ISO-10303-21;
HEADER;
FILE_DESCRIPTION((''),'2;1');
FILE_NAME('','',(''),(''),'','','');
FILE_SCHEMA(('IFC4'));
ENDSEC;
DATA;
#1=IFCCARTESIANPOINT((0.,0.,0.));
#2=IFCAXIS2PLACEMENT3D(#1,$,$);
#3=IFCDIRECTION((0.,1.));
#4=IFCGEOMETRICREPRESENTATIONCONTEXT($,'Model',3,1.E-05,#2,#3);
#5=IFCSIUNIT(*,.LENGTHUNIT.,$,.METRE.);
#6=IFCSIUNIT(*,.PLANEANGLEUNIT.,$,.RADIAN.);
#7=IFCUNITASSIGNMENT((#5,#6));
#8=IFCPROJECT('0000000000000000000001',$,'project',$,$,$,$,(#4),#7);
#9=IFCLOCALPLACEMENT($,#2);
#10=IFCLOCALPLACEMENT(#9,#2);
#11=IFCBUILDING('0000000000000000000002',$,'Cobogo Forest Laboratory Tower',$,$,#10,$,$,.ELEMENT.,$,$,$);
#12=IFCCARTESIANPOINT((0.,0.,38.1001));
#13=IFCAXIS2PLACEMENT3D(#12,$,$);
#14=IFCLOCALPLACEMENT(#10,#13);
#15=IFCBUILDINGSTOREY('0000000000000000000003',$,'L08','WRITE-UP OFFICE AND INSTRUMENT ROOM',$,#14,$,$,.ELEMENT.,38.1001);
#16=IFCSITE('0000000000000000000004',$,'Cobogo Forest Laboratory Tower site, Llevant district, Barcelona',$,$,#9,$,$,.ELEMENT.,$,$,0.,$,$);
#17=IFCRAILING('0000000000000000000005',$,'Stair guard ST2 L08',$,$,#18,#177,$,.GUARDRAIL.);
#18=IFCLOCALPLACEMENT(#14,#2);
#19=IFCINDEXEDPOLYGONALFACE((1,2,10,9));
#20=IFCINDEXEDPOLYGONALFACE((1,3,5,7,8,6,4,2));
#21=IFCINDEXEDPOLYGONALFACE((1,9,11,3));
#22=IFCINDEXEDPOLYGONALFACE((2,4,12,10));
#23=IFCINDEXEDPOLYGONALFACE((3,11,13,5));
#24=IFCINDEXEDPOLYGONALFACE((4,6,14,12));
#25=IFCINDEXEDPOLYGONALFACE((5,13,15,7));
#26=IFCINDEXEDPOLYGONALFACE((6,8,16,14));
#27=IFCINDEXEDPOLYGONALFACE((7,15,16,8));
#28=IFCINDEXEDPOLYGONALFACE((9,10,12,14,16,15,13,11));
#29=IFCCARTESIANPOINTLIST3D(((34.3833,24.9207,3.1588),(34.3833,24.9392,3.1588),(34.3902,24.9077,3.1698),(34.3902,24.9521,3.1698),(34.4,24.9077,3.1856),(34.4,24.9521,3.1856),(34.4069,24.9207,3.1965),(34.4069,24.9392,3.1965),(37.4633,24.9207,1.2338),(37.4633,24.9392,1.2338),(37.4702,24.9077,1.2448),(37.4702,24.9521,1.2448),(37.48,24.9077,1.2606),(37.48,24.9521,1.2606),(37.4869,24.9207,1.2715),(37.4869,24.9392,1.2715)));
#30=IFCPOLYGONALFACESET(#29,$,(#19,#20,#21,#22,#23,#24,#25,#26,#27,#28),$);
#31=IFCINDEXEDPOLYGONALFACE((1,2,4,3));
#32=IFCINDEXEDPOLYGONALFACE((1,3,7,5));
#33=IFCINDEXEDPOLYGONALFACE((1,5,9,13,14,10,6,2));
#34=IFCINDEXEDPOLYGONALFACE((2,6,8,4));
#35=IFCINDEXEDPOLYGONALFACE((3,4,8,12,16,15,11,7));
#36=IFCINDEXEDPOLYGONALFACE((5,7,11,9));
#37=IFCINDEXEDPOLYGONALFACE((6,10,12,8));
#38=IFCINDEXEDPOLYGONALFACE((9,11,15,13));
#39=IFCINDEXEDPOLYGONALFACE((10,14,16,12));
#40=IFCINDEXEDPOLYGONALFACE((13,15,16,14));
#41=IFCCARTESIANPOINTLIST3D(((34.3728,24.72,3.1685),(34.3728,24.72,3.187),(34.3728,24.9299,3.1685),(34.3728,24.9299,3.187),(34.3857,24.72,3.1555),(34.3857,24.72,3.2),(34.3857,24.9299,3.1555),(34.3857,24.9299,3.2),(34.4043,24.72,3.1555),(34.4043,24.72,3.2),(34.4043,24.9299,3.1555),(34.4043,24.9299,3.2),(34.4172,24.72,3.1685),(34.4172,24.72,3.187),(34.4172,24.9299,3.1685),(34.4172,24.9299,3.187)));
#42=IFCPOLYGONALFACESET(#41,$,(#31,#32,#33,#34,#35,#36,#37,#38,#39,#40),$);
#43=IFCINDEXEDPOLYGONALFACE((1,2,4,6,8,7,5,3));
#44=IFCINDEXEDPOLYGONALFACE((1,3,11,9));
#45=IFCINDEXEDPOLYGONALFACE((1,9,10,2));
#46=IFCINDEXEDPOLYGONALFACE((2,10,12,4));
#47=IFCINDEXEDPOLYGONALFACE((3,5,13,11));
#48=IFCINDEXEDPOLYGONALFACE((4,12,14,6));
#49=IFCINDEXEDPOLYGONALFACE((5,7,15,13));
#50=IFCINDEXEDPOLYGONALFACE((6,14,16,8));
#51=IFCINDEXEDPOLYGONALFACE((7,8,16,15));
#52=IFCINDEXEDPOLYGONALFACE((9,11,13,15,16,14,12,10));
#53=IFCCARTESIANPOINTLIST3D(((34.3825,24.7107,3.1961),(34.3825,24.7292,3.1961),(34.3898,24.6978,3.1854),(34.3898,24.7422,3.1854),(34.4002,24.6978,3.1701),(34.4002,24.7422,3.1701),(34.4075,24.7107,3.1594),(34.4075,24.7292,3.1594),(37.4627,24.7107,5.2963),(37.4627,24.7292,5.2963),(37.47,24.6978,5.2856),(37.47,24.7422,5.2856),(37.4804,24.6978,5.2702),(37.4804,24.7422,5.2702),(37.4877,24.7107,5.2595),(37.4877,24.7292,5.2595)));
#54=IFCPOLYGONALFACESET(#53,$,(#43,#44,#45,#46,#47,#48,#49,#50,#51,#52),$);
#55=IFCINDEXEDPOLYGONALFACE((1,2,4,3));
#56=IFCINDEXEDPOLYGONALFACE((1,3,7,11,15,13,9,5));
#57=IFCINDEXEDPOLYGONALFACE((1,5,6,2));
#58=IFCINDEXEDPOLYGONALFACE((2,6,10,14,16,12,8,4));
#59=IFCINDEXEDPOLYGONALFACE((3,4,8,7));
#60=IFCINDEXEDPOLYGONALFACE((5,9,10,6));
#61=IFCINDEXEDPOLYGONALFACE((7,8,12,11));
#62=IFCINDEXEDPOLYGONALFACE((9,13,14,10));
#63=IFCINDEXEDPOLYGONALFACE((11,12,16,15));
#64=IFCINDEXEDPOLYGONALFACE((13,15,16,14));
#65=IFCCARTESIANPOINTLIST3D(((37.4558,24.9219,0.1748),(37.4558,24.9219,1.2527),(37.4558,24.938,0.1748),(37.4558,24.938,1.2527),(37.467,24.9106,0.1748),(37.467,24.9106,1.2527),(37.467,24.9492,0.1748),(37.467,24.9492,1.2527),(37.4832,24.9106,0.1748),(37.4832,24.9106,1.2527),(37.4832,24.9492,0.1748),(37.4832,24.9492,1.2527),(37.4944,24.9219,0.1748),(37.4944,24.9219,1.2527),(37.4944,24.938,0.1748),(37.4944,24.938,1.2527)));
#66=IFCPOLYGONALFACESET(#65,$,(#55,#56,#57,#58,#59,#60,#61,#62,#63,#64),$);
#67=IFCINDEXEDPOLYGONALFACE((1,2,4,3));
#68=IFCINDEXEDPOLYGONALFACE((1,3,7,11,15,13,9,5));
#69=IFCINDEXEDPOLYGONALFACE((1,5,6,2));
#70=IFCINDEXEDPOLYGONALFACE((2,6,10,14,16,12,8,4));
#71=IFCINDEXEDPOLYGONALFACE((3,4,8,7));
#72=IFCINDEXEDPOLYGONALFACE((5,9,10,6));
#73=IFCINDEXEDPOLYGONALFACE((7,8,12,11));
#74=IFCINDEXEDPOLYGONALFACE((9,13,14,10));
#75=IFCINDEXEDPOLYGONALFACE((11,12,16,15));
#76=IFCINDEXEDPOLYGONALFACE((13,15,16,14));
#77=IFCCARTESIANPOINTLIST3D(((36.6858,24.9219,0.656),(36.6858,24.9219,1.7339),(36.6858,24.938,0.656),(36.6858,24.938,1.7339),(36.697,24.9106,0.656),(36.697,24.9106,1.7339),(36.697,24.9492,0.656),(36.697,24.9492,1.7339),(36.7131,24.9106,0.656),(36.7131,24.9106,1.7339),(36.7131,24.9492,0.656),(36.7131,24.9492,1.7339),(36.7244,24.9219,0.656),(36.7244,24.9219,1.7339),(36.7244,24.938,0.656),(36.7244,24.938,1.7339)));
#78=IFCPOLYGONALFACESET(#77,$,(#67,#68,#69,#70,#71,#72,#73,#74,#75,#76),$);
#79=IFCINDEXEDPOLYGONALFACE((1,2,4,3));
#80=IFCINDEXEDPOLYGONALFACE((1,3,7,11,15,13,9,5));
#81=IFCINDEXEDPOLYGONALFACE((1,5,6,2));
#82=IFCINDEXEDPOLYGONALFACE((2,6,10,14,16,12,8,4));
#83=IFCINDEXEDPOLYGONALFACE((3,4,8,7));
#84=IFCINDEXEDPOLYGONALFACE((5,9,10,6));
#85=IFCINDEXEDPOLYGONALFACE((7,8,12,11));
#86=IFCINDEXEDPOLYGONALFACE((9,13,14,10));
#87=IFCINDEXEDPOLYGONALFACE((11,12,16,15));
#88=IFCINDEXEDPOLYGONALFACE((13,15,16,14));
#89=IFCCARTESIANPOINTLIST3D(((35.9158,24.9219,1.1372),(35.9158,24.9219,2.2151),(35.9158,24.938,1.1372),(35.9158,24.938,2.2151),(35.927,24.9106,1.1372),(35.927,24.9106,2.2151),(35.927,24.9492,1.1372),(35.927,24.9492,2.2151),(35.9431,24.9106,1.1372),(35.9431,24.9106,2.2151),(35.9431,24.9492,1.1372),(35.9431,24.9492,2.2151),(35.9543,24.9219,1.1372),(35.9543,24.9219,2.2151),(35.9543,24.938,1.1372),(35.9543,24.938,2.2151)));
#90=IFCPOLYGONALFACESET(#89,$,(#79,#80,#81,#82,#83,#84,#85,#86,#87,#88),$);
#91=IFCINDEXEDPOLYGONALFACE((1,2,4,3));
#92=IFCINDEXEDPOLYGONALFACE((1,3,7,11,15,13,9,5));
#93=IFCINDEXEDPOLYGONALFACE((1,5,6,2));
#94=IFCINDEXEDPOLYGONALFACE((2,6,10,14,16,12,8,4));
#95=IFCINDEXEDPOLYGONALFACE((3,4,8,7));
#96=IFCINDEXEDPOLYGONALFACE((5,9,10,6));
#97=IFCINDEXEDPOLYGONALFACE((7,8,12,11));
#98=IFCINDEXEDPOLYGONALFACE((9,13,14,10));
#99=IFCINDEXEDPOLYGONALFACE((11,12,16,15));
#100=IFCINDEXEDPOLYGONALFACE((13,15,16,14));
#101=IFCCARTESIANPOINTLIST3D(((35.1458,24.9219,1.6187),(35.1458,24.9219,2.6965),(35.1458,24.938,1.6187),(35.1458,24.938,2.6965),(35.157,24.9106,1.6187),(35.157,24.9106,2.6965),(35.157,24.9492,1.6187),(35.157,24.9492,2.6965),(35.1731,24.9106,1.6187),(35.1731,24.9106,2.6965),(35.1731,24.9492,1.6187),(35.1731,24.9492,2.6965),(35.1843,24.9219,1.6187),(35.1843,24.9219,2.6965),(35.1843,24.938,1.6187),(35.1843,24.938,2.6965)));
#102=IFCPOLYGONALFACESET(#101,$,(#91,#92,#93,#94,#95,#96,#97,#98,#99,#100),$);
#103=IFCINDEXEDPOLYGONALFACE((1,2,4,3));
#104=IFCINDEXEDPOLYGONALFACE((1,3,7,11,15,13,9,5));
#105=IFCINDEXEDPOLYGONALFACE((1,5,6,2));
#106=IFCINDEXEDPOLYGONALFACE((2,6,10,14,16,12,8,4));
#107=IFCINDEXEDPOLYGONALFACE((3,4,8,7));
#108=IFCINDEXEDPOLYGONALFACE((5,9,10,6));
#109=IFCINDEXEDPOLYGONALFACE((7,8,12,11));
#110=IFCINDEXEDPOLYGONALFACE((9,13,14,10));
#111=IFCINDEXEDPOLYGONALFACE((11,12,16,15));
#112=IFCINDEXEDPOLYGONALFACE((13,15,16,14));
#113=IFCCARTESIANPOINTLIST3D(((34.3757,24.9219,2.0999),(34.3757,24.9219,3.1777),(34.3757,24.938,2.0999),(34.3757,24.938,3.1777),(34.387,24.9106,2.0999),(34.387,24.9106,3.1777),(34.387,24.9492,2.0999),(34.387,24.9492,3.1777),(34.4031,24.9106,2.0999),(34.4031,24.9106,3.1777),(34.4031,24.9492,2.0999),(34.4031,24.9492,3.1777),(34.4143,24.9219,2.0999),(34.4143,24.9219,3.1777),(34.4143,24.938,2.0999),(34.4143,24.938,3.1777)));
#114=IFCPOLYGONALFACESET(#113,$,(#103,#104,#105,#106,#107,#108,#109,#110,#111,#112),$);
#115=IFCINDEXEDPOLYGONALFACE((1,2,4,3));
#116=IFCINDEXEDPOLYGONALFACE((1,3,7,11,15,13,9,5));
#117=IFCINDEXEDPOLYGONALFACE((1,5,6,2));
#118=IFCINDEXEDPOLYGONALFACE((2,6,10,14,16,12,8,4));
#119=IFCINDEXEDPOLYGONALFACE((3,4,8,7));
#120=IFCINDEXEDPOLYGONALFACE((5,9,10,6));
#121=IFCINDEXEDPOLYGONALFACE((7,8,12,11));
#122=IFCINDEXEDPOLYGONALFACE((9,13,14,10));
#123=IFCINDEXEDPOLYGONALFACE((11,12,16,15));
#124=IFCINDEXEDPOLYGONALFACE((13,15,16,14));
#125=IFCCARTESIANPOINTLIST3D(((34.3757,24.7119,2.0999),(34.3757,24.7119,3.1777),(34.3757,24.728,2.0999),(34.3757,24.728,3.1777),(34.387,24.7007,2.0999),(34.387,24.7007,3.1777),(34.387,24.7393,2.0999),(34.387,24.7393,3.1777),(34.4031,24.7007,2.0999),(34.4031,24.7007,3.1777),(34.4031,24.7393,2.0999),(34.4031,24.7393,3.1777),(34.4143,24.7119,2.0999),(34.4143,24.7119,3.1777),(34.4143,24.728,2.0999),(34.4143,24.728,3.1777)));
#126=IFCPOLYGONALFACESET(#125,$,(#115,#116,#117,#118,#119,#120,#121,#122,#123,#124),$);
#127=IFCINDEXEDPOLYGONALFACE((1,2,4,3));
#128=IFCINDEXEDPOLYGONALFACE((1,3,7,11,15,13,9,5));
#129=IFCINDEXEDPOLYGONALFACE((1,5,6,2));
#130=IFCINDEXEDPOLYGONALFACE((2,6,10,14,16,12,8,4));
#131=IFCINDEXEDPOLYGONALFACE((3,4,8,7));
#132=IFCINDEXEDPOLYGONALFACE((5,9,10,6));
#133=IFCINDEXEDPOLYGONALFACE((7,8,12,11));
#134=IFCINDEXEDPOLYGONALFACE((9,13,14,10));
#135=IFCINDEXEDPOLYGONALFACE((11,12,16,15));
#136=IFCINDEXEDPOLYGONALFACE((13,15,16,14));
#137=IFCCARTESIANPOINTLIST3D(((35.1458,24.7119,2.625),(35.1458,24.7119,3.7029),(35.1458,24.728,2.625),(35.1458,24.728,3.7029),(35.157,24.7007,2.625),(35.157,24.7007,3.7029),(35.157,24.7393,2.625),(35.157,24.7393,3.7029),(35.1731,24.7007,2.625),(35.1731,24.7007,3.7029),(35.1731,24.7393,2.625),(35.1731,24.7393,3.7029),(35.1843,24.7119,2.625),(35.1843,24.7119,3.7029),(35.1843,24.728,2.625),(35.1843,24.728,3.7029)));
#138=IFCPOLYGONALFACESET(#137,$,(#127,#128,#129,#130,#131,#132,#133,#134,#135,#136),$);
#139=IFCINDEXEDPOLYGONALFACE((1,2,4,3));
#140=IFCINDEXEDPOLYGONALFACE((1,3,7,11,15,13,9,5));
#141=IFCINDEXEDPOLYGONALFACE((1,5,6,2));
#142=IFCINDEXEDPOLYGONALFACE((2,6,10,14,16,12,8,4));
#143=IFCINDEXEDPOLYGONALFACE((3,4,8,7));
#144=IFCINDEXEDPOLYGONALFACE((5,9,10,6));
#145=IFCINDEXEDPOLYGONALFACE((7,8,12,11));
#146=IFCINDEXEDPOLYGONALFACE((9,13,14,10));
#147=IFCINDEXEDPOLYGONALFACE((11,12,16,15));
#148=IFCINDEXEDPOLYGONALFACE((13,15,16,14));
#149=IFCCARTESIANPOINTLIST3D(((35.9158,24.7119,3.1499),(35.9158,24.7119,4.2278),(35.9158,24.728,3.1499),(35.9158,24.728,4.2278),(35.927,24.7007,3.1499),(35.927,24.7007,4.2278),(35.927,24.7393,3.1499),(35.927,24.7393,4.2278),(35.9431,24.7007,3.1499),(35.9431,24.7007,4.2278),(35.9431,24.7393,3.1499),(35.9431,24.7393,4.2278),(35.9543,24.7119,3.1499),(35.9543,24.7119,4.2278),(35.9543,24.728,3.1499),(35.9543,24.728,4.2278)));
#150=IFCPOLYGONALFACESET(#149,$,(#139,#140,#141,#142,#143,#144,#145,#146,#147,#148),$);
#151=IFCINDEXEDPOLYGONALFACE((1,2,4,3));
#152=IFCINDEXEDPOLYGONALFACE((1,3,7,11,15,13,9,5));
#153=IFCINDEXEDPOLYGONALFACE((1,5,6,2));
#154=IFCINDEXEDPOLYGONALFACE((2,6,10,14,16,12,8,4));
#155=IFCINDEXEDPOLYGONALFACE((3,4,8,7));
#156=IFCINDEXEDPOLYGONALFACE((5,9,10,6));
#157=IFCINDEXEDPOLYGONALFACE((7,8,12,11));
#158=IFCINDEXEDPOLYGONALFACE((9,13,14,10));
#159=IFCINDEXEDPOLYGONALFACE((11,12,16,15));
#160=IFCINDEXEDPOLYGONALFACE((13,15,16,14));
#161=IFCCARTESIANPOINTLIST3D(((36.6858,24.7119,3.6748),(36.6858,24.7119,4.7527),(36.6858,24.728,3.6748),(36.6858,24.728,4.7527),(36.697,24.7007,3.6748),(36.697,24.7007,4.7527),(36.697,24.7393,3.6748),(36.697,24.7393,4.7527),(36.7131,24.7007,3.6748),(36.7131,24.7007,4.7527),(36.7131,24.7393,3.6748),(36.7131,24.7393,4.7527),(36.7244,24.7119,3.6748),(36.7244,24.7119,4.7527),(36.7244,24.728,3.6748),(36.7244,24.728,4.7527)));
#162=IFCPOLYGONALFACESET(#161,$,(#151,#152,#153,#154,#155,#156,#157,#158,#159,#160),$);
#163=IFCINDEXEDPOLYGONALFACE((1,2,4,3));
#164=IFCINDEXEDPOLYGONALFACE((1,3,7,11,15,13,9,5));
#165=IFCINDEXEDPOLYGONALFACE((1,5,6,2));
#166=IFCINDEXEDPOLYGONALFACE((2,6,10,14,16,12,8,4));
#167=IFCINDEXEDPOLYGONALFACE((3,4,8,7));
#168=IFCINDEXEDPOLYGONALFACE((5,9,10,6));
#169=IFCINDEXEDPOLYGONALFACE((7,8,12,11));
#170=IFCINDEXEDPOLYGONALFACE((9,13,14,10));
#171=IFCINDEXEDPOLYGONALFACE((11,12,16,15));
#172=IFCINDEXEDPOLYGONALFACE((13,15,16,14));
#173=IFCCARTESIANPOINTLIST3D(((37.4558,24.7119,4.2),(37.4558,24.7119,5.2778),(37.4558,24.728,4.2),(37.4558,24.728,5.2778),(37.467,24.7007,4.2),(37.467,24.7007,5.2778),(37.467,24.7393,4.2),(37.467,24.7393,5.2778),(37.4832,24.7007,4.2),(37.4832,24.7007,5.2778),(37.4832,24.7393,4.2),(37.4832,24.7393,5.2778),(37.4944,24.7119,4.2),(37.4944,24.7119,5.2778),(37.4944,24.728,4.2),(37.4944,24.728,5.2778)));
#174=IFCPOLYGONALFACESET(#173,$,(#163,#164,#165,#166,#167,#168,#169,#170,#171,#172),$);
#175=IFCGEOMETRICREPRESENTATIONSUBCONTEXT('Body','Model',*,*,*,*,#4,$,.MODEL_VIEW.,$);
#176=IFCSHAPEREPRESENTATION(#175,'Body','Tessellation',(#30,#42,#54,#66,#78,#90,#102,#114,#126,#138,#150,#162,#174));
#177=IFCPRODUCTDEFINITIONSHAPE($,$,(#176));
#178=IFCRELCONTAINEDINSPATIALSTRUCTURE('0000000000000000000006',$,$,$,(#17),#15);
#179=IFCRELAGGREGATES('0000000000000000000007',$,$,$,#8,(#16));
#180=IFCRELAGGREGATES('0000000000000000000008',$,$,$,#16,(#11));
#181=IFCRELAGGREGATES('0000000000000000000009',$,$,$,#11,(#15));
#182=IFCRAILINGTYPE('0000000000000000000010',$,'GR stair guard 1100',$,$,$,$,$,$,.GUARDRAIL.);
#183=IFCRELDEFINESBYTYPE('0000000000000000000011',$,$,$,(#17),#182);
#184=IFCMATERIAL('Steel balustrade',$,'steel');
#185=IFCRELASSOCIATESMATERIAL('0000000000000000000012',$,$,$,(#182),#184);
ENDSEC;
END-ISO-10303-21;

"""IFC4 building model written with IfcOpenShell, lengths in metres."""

from ifc_helpers import new_model, si_unit, direction, frame, origin, place, context, subcontext, project, spatial, polyline, outline, extrude, material, type_object, element, save


model = new_model("IFC4")

# Units and contexts
model_context = context("Model", 3, precision=1e-05, world=origin(), true_north=direction((0.0, 1.0)))
body_context = subcontext(model_context, "Body", "Model", "MODEL_VIEW")
ifc_project = project(units=[si_unit("LENGTHUNIT", "METRE"), si_unit("PLANEANGLEUNIT", "RADIAN")], contexts=[model_context])

# Site, building, storey
site_placement = place(None, origin())
site = spatial("IfcSite", under=ifc_project, at=site_placement, Name="Cobogo Forest Laboratory Tower site, Llevant district, Barcelona", CompositionType="ELEMENT", RefElevation=0.0)
building_placement = place(site_placement, origin())
building = spatial("IfcBuilding", under=site, at=building_placement, Name="Cobogo Forest Laboratory Tower", CompositionType="ELEMENT")
storey_placement = place(building_placement, frame((0.0, 0.0, 38.1001)))
storey = spatial("IfcBuildingStorey", under=building, at=storey_placement, Name="L08", Description="WRITE-UP OFFICE AND INSTRUMENT ROOM", CompositionType="ELEMENT", Elevation=38.1001)

# Railing
ifc_material_1 = material(Name="Steel balustrade", Category="steel")
railing_type_1 = type_object("IfcRailingType", Name="GR stair guard 1100", PredefinedType="GUARDRAIL", material=ifc_material_1)
railing_1_placement = place(storey_placement, frame((37.4751, 24.9299, 0.1748)))
element("IfcRailing", 1, at=railing_1_placement, inside=storey, type_object=railing_type_1, Name="Stair guard ST2 L08", PredefinedType="GUARDRAIL", context=body_context, shape_type="SweptSolid", body=[
    extrude(outline(polyline([(0.0222, 0.0093), (0.0093, 0.0222), (-0.0093, 0.0222), (-0.0222, 0.0093), (-0.0222, -0.0093), (-0.0093, -0.0222), (0.0093, -0.0222), (0.0222, -0.0093), (0.0222, 0.0093)])), frame((0.0, 0.0, 1.0779), z_axis=(-0.847998, 0.0, 0.529999), x_axis=(0.0, -1.0, 0.0)), (0.0, 0.0, 1.0), 3.6321),
    extrude(outline(polyline([(0.0222, 0.0093), (0.0093, 0.0222), (-0.0093, 0.0222), (-0.0222, 0.0093), (-0.0222, -0.0093), (-0.0093, -0.0222), (0.0093, -0.0222), (0.0222, -0.0093), (0.0222, 0.0093)])), frame((-3.0801, 0.0, 3.0029), z_axis=(0.0, -1.0, 0.0), x_axis=(1.0, 0.0, 0.0)), (0.0, 0.0, 1.0), 0.21),
    extrude(outline(polyline([(0.0222, 0.0093), (0.0093, 0.0222), (-0.0093, 0.0222), (-0.0222, 0.0093), (-0.0222, -0.0093), (-0.0093, -0.0222), (0.0093, -0.0222), (0.0222, -0.0093), (0.0222, 0.0093)])), frame((-3.0801, -0.21, 3.0029), z_axis=(0.826222, 0.0, 0.563345), x_axis=(0.0, 1.0, 0.0)), (0.0, 0.0, 1.0), 3.728),
    extrude(outline(polyline([(0.0193, 0.0081), (0.0081, 0.0193), (-0.0081, 0.0193), (-0.0193, 0.0081), (-0.0193, -0.0081), (-0.0081, -0.0193), (0.0081, -0.0193), (0.0193, -0.0081), (0.0193, 0.0081)])), origin(), (0.0, 0.0, 1.0), 1.0779),
    extrude(outline(polyline([(0.0193, 0.0081), (0.0081, 0.0193), (-0.0081, 0.0193), (-0.0193, 0.0081), (-0.0193, -0.0081), (-0.0081, -0.0193), (0.0081, -0.0193), (0.0193, -0.0081), (0.0193, 0.0081)])), frame((-0.77, 0.0, 0.4812)), (0.0, 0.0, 1.0), 1.0779),
    extrude(outline(polyline([(0.0193, 0.0081), (0.0081, 0.0193), (-0.0081, 0.0193), (-0.0193, 0.0081), (-0.0193, -0.0081), (-0.0081, -0.0193), (0.0081, -0.0193), (0.0193, -0.0081), (0.0193, 0.0081)])), frame((-1.54, 0.0, 0.9624)), (0.0, 0.0, 1.0), 1.0779),
    extrude(outline(polyline([(0.0193, 0.0081), (0.0081, 0.0193), (-0.0081, 0.0193), (-0.0193, 0.0081), (-0.0193, -0.0081), (-0.0081, -0.0193), (0.0081, -0.0193), (0.0193, -0.0081), (0.0193, 0.0081)])), frame((-2.3101, 0.0, 1.4438)), (0.0, 0.0, 1.0), 1.0779),
    extrude(outline(polyline([(0.0193, 0.0081), (0.0081, 0.0193), (-0.0081, 0.0193), (-0.0193, 0.0081), (-0.0193, -0.0081), (-0.0081, -0.0193), (0.0081, -0.0193), (0.0193, -0.0081), (0.0193, 0.0081)])), frame((-3.0801, 0.0, 1.925)), (0.0, 0.0, 1.0), 1.0779),
    extrude(outline(polyline([(0.0193, 0.0081), (0.0081, 0.0193), (-0.0081, 0.0193), (-0.0193, 0.0081), (-0.0193, -0.0081), (-0.0081, -0.0193), (0.0081, -0.0193), (0.0193, -0.0081), (0.0193, 0.0081)])), frame((-3.0801, -0.21, 1.925)), (0.0, 0.0, 1.0), 1.0779),
    extrude(outline(polyline([(0.0193, 0.0081), (0.0081, 0.0193), (-0.0081, 0.0193), (-0.0193, 0.0081), (-0.0193, -0.0081), (-0.0081, -0.0193), (0.0081, -0.0193), (0.0193, -0.0081), (0.0193, 0.0081)])), frame((-2.3101, -0.21, 2.4502)), (0.0, 0.0, 1.0), 1.0779),
    extrude(outline(polyline([(0.0193, 0.0081), (0.0081, 0.0193), (-0.0081, 0.0193), (-0.0193, 0.0081), (-0.0193, -0.0081), (-0.0081, -0.0193), (0.0081, -0.0193), (0.0193, -0.0081), (0.0193, 0.0081)])), frame((-1.54, -0.21, 2.9751)), (0.0, 0.0, 1.0), 1.0779),
    extrude(outline(polyline([(0.0193, 0.0081), (0.0081, 0.0193), (-0.0081, 0.0193), (-0.0193, 0.0081), (-0.0193, -0.0081), (-0.0081, -0.0193), (0.0081, -0.0193), (0.0193, -0.0081), (0.0193, 0.0081)])), frame((-0.77, -0.21, 3.5)), (0.0, 0.0, 1.0), 1.0779),
    extrude(outline(polyline([(0.0193, 0.0081), (0.0081, 0.0193), (-0.0081, 0.0193), (-0.0193, 0.0081), (-0.0193, -0.0081), (-0.0081, -0.0193), (0.0081, -0.0193), (0.0193, -0.0081), (0.0193, 0.0081)])), frame((0.0, -0.21, 4.0251)), (0.0, 0.0, 1.0), 1.0779),
])

save(model, "model.ifc")
